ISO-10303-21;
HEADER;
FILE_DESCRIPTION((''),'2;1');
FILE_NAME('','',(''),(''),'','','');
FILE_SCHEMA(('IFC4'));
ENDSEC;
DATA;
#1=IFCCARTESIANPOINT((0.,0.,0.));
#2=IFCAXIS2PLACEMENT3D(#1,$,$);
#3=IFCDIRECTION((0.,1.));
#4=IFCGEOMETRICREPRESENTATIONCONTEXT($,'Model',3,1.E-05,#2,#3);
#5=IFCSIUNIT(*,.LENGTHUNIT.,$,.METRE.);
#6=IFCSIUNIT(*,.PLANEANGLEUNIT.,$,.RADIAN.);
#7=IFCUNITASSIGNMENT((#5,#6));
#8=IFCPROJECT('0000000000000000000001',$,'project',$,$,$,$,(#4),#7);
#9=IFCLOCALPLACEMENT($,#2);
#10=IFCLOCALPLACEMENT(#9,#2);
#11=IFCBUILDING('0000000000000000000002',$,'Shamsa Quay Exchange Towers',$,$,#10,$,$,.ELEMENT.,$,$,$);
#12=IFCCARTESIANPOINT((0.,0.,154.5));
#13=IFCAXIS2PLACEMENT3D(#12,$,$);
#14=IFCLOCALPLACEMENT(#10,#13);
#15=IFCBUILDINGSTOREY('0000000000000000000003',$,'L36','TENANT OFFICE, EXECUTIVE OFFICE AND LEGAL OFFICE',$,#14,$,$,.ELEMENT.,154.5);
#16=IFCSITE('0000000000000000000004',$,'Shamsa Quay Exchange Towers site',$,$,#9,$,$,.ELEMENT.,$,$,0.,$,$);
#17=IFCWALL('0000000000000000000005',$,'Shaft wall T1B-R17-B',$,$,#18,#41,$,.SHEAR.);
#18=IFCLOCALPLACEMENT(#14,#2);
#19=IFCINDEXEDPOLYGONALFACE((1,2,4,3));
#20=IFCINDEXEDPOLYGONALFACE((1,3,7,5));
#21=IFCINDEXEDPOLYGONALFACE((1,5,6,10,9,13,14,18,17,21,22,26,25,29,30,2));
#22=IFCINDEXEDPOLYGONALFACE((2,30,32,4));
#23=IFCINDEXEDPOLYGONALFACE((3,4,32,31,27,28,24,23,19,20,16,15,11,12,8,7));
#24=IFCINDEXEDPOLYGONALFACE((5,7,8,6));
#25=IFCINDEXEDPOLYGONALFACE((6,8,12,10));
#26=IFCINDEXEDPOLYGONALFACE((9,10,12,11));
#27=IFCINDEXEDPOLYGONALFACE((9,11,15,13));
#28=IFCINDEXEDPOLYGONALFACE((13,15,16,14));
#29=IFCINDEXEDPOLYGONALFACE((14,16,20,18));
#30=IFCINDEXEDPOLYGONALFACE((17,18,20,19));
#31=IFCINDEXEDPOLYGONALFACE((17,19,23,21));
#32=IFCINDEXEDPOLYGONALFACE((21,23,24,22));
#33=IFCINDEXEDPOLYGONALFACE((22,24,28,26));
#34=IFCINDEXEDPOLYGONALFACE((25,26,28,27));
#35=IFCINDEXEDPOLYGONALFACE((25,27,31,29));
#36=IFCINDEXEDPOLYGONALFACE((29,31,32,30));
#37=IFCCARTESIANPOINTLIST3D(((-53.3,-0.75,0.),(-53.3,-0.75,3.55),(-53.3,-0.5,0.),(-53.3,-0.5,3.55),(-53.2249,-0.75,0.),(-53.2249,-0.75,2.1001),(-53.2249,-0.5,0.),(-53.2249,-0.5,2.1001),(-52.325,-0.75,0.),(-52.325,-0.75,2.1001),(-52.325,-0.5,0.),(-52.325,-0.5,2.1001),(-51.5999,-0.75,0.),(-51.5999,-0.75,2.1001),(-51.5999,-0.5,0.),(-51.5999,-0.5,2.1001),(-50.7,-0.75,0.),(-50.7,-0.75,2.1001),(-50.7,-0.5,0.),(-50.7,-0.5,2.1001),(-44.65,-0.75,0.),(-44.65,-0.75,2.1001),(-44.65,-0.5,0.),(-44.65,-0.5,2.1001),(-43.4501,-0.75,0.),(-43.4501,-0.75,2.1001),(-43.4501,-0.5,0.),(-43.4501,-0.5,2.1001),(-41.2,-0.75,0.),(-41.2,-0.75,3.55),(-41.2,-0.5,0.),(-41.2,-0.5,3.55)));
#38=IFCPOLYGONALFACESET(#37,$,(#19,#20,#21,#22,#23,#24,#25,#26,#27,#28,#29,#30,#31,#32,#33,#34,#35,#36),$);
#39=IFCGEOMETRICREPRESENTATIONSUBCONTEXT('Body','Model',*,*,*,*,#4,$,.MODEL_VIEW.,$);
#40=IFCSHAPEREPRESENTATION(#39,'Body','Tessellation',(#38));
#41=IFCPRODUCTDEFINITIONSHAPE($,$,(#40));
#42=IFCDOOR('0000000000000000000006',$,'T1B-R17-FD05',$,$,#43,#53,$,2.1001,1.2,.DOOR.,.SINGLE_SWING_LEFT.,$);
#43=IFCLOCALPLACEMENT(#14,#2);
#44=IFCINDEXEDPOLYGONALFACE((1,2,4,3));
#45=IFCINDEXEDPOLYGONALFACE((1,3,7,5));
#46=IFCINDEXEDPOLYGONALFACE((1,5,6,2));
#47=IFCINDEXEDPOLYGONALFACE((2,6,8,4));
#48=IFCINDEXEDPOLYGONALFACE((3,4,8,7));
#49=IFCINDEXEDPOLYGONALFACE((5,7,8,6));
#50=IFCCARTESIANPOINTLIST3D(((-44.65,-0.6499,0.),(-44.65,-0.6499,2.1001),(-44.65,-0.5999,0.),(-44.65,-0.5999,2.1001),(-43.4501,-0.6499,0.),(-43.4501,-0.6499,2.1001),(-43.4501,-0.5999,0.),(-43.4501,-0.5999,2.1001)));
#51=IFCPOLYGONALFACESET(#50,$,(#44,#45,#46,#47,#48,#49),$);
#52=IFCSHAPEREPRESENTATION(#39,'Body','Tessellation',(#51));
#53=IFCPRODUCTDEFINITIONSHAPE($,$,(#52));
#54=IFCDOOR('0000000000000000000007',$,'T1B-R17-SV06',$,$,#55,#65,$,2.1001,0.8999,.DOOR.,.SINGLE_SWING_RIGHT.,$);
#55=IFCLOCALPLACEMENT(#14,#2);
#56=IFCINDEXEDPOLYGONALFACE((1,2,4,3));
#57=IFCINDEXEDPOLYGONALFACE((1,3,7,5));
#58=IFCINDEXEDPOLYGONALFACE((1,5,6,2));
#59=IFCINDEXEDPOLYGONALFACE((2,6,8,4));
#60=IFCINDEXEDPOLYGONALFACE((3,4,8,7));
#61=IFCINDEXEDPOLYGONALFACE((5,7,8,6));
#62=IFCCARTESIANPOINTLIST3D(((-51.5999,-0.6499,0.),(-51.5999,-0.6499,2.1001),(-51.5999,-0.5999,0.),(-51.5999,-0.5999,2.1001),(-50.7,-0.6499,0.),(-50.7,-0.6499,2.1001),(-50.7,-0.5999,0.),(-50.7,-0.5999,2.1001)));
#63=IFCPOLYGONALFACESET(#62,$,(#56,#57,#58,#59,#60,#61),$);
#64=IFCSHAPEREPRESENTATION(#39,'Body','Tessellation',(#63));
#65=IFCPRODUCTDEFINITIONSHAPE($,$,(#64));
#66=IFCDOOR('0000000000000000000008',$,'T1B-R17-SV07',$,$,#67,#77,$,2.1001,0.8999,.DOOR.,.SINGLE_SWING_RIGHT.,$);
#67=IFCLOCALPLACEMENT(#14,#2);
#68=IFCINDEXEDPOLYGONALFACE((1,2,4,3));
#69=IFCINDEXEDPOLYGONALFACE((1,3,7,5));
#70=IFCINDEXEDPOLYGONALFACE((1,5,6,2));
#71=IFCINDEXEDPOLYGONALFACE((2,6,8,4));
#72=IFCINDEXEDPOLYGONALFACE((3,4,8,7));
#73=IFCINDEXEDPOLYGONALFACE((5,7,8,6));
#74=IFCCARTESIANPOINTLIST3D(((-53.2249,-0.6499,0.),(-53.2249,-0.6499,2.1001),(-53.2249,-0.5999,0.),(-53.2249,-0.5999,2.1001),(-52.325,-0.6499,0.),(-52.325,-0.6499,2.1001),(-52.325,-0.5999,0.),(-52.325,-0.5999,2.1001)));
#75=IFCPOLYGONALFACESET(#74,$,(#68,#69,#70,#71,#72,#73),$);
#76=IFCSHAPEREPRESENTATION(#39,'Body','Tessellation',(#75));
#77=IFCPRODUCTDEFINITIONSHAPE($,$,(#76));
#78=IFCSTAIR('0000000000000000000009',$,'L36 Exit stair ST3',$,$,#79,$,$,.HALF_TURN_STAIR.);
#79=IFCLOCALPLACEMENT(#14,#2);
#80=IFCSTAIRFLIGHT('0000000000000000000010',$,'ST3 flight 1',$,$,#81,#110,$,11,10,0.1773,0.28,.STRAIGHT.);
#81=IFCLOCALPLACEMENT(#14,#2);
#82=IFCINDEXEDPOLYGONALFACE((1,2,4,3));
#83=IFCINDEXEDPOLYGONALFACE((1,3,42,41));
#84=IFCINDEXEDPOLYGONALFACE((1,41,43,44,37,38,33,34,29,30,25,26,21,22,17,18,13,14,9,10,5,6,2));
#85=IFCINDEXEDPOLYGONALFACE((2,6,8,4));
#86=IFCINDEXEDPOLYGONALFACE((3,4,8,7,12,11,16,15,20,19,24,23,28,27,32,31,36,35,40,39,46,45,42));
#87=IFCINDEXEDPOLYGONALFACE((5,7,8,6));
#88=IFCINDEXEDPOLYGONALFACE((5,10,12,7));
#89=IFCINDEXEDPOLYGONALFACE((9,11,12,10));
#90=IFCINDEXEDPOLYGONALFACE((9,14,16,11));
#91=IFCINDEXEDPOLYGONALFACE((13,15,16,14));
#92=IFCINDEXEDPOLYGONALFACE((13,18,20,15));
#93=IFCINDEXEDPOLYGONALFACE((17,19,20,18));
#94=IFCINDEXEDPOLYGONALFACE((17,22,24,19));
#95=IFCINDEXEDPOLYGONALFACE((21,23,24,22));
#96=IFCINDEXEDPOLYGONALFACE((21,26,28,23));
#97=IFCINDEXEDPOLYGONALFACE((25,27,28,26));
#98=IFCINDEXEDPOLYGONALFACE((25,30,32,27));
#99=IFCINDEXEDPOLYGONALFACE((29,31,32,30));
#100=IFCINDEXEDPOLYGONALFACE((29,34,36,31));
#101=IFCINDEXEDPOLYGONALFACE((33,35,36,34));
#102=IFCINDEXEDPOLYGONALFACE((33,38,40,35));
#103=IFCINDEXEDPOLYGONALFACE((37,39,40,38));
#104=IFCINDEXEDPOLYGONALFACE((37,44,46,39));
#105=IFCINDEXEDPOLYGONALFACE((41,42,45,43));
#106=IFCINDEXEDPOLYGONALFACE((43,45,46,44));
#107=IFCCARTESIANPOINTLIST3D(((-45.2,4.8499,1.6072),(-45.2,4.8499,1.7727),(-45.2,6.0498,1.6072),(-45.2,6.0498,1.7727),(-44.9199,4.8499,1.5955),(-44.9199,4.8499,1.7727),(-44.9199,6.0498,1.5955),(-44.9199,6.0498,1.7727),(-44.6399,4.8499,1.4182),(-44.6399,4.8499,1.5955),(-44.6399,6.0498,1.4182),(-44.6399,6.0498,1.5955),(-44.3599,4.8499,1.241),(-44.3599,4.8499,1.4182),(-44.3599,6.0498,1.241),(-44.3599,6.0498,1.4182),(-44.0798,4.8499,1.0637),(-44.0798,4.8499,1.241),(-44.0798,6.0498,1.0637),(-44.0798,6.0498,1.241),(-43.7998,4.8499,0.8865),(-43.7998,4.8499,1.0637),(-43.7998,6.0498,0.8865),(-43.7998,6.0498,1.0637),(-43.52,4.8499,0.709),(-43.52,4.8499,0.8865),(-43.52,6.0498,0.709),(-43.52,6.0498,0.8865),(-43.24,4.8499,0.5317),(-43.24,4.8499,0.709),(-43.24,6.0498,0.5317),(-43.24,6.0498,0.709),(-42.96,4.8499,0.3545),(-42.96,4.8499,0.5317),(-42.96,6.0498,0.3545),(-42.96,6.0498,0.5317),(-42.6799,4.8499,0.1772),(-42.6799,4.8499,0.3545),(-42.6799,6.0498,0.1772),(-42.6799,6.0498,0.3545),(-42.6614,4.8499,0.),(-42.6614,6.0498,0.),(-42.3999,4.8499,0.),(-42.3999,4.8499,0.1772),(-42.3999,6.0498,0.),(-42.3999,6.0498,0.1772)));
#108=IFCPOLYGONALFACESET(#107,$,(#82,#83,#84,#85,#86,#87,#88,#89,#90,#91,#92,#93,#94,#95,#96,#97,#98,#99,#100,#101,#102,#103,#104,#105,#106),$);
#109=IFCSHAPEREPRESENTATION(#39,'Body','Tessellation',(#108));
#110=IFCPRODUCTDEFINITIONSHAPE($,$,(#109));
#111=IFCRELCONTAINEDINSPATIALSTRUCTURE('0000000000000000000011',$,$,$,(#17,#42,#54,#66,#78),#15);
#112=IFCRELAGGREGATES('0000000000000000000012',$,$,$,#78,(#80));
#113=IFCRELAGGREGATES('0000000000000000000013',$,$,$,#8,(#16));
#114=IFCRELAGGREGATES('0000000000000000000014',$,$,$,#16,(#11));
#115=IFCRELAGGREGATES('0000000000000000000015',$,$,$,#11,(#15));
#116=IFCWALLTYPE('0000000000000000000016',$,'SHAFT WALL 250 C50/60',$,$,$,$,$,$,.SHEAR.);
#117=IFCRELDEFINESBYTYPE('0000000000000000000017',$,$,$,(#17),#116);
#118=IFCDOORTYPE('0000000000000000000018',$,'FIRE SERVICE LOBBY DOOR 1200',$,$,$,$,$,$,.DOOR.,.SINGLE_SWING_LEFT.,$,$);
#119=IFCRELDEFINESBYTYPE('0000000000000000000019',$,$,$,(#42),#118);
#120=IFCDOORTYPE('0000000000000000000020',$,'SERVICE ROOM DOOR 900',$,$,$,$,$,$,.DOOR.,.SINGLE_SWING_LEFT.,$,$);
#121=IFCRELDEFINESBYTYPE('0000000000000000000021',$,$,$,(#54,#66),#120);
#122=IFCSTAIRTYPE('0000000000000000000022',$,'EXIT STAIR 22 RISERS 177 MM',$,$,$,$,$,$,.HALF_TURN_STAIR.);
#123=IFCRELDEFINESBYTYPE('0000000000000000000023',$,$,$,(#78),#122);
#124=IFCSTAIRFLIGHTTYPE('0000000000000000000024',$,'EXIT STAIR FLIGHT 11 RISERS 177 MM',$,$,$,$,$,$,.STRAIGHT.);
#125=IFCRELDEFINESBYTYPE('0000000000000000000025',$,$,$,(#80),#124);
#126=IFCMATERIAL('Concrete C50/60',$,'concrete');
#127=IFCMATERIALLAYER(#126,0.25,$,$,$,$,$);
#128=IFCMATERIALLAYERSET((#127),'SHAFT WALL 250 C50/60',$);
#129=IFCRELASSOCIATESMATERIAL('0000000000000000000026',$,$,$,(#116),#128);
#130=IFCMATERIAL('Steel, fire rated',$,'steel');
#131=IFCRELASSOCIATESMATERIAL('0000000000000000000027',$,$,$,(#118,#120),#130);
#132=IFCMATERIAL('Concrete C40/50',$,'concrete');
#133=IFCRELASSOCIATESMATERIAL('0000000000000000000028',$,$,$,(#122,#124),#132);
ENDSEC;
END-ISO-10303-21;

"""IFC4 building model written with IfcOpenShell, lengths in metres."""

from ifc_helpers import new_model, si_unit, direction, frame, frame_2d, origin, place, context, subcontext, project, spatial, polyline, rectangle, outline, extrude, material, layer, layer_set, type_object, element, fill, aggregate, save


model = new_model("IFC4")

# Units and contexts
model_context = context("Model", 3, precision=1e-05, world=origin(), true_north=direction((0.0, 1.0)))
body_context = subcontext(model_context, "Body", "Model", "MODEL_VIEW")
ifc_project = project(units=[si_unit("LENGTHUNIT", "METRE"), si_unit("PLANEANGLEUNIT", "RADIAN")], contexts=[model_context])

# Site, building, storey
site_placement = place(None, origin())
site = spatial("IfcSite", under=ifc_project, at=site_placement, Name="Shamsa Quay Exchange Towers site", CompositionType="ELEMENT", RefElevation=0.0)
building_placement = place(site_placement, origin())
building = spatial("IfcBuilding", under=site, at=building_placement, Name="Shamsa Quay Exchange Towers", CompositionType="ELEMENT")
storey_placement = place(building_placement, frame((0.0, 0.0, 154.5)))
storey = spatial("IfcBuildingStorey", under=building, at=storey_placement, Name="L36", Description="TENANT OFFICE, EXECUTIVE OFFICE AND LEGAL OFFICE", CompositionType="ELEMENT", Elevation=154.5)

# Wall, openings, doors
ifc_material_1 = material(Name="Concrete C50/60", Category="concrete")
ifc_layer_1 = layer(ifc_material_1, 0.25)
ifc_layer_set_1 = layer_set([ifc_layer_1], Name="SHAFT WALL 250 C50/60")
wall_type_1 = type_object("IfcWallType", Name="SHAFT WALL 250 C50/60", PredefinedType="SHEAR", material=ifc_layer_set_1)
wall_1_placement = place(storey_placement, frame((-41.2, -0.625, 0.0), z_axis=(0.0, 0.0, 1.0), x_axis=(-1.0, 0.0, 0.0)))
wall_1 = element("IfcWall", 1, at=wall_1_placement, inside=storey, type_object=wall_type_1, Name="Shaft wall T1B-R17-B", PredefinedType="SHEAR", context=body_context, shape_type="SweptSolid", body=[
    extrude(rectangle(XDim=12.1001, YDim=0.25, at=frame_2d((6.05, 0.0))), origin(), (0.0, 0.0, 1.0), 3.55),
])
opening_1_placement = place(wall_1_placement, frame((2.25, 0.0, 0.0)))
opening_1 = element("IfcOpeningElement", 2, at=opening_1_placement, cuts=wall_1, PredefinedType="OPENING", context=body_context, shape_type="SweptSolid", body=[
    extrude(rectangle(XDim=1.2, YDim=2.1001, at=frame_2d((0.6001, 1.05))), frame((0.0, 0.135, 0.0), z_axis=(0.0, -1.0, 0.0), x_axis=(1.0, 0.0, 0.0)), (0.0, 0.0, 1.0), 0.27),
])
opening_2_placement = place(wall_1_placement, frame((9.5, 0.0, 0.0)))
opening_2 = element("IfcOpeningElement", 3, at=opening_2_placement, cuts=wall_1, PredefinedType="OPENING", context=body_context, shape_type="SweptSolid", body=[
    extrude(rectangle(XDim=0.8999, YDim=2.1001, at=frame_2d((0.45, 1.05))), frame((0.0, 0.135, 0.0), z_axis=(0.0, -1.0, 0.0), x_axis=(1.0, 0.0, 0.0)), (0.0, 0.0, 1.0), 0.27),
])
opening_3_placement = place(wall_1_placement, frame((11.125, 0.0, 0.0)))
opening_3 = element("IfcOpeningElement", 4, at=opening_3_placement, cuts=wall_1, PredefinedType="OPENING", context=body_context, shape_type="SweptSolid", body=[
    extrude(rectangle(XDim=0.8999, YDim=2.1001, at=frame_2d((0.45, 1.05))), frame((0.0, 0.135, 0.0), z_axis=(0.0, -1.0, 0.0), x_axis=(1.0, 0.0, 0.0)), (0.0, 0.0, 1.0), 0.27),
])
ifc_material_2 = material(Name="Steel, fire rated", Category="steel")
door_type_1 = type_object("IfcDoorType", Name="FIRE SERVICE LOBBY DOOR 1200", OperationType="SINGLE_SWING_LEFT", PredefinedType="DOOR", material=ifc_material_2)
door_1_placement = place(opening_1_placement, origin())
door_1 = element("IfcDoor", 5, at=door_1_placement, inside=storey, type_object=door_type_1, Name="T1B-R17-FD05", OperationType="SINGLE_SWING_LEFT", OverallHeight=2.1001, OverallWidth=1.2, PredefinedType="DOOR", context=body_context, shape_type="SweptSolid", body=[
    extrude(rectangle(XDim=1.2, YDim=2.1001, at=frame_2d((0.6001, 1.05))), frame((0.0, 0.0249, 0.0), z_axis=(0.0, -1.0, 0.0), x_axis=(1.0, 0.0, 0.0)), (0.0, 0.0, 1.0), 0.05),
])
fill(opening_1, door_1)
door_type_2 = type_object("IfcDoorType", Name="SERVICE ROOM DOOR 900", OperationType="SINGLE_SWING_LEFT", PredefinedType="DOOR", material=ifc_material_2)
door_2_placement = place(opening_2_placement, origin())
door_2 = element("IfcDoor", 6, at=door_2_placement, inside=storey, type_object=door_type_2, Name="T1B-R17-SV06", OperationType="SINGLE_SWING_RIGHT", OverallHeight=2.1001, OverallWidth=0.8999, PredefinedType="DOOR", context=body_context, shape_type="SweptSolid", body=[
    extrude(rectangle(XDim=0.8999, YDim=2.1001, at=frame_2d((0.45, 1.05))), frame((0.0, 0.0249, 0.0), z_axis=(0.0, -1.0, 0.0), x_axis=(1.0, 0.0, 0.0)), (0.0, 0.0, 1.0), 0.05),
])
fill(opening_2, door_2)
door_3_placement = place(opening_3_placement, origin())
door_3 = element("IfcDoor", 7, at=door_3_placement, inside=storey, type_object=door_type_2, Name="T1B-R17-SV07", OperationType="SINGLE_SWING_RIGHT", OverallHeight=2.1001, OverallWidth=0.8999, PredefinedType="DOOR", context=body_context, shape_type="SweptSolid", body=[
    extrude(rectangle(XDim=0.8999, YDim=2.1001, at=frame_2d((0.45, 1.05))), frame((0.0, 0.0249, 0.0), z_axis=(0.0, -1.0, 0.0), x_axis=(1.0, 0.0, 0.0)), (0.0, 0.0, 1.0), 0.05),
])
fill(opening_3, door_3)

# Stair, stair flight
ifc_material_3 = material(Name="Concrete C40/50", Category="concrete")
stair_type = type_object("IfcStairType", Name="EXIT STAIR 22 RISERS 177 MM", PredefinedType="HALF_TURN_STAIR", material=ifc_material_3)
stair_placement = place(storey_placement, origin())
stair = element("IfcStair", 8, at=stair_placement, inside=storey, type_object=stair_type, Name="L36 Exit stair ST3", PredefinedType="HALF_TURN_STAIR")
stair_flight_type = type_object("IfcStairFlightType", Name="EXIT STAIR FLIGHT 11 RISERS 177 MM", PredefinedType="STRAIGHT", material=ifc_material_3)
stair_flight_placement = place(storey_placement, frame((-42.3999, 5.45, 0.0), z_axis=(0.0, 0.0, 1.0), x_axis=(-1.0, 0.0, 0.0)))
stair_flight = element("IfcStairFlight", 9, at=stair_flight_placement, type_object=stair_flight_type, Name="ST3 flight 1", NumberOfRisers=11, NumberOfTreads=10, PredefinedType="STRAIGHT", RiserHeight=0.1773, TreadLength=0.28, context=body_context, shape_type="SweptSolid", body=[
    extrude(outline(polyline([(0.0, 0.0), (0.0, 0.1772), (0.28, 0.1772), (0.28, 0.3545), (0.5601, 0.3545), (0.5601, 0.5317), (0.8401, 0.5317), (0.8401, 0.709), (1.1201, 0.709), (1.1201, 0.8865), (1.3999, 0.8865), (1.3999, 1.0637), (1.6799, 1.0637), (1.6799, 1.241), (1.96, 1.241), (1.96, 1.4182), (2.24, 1.4182), (2.24, 1.5955), (2.52, 1.5955), (2.52, 1.7727), (2.8, 1.7727), (2.8, 1.95), (2.8, 1.6072), (0.2615, 0.0), (0.0, 0.0)])), frame((0.0, 0.6001, 0.0), z_axis=(0.0, -1.0, 0.0), x_axis=(1.0, 0.0, 0.0)), (0.0, 0.0, 1.0), 1.2),
])
aggregate(stair, [stair_flight])

save(model, "model.ifc")
